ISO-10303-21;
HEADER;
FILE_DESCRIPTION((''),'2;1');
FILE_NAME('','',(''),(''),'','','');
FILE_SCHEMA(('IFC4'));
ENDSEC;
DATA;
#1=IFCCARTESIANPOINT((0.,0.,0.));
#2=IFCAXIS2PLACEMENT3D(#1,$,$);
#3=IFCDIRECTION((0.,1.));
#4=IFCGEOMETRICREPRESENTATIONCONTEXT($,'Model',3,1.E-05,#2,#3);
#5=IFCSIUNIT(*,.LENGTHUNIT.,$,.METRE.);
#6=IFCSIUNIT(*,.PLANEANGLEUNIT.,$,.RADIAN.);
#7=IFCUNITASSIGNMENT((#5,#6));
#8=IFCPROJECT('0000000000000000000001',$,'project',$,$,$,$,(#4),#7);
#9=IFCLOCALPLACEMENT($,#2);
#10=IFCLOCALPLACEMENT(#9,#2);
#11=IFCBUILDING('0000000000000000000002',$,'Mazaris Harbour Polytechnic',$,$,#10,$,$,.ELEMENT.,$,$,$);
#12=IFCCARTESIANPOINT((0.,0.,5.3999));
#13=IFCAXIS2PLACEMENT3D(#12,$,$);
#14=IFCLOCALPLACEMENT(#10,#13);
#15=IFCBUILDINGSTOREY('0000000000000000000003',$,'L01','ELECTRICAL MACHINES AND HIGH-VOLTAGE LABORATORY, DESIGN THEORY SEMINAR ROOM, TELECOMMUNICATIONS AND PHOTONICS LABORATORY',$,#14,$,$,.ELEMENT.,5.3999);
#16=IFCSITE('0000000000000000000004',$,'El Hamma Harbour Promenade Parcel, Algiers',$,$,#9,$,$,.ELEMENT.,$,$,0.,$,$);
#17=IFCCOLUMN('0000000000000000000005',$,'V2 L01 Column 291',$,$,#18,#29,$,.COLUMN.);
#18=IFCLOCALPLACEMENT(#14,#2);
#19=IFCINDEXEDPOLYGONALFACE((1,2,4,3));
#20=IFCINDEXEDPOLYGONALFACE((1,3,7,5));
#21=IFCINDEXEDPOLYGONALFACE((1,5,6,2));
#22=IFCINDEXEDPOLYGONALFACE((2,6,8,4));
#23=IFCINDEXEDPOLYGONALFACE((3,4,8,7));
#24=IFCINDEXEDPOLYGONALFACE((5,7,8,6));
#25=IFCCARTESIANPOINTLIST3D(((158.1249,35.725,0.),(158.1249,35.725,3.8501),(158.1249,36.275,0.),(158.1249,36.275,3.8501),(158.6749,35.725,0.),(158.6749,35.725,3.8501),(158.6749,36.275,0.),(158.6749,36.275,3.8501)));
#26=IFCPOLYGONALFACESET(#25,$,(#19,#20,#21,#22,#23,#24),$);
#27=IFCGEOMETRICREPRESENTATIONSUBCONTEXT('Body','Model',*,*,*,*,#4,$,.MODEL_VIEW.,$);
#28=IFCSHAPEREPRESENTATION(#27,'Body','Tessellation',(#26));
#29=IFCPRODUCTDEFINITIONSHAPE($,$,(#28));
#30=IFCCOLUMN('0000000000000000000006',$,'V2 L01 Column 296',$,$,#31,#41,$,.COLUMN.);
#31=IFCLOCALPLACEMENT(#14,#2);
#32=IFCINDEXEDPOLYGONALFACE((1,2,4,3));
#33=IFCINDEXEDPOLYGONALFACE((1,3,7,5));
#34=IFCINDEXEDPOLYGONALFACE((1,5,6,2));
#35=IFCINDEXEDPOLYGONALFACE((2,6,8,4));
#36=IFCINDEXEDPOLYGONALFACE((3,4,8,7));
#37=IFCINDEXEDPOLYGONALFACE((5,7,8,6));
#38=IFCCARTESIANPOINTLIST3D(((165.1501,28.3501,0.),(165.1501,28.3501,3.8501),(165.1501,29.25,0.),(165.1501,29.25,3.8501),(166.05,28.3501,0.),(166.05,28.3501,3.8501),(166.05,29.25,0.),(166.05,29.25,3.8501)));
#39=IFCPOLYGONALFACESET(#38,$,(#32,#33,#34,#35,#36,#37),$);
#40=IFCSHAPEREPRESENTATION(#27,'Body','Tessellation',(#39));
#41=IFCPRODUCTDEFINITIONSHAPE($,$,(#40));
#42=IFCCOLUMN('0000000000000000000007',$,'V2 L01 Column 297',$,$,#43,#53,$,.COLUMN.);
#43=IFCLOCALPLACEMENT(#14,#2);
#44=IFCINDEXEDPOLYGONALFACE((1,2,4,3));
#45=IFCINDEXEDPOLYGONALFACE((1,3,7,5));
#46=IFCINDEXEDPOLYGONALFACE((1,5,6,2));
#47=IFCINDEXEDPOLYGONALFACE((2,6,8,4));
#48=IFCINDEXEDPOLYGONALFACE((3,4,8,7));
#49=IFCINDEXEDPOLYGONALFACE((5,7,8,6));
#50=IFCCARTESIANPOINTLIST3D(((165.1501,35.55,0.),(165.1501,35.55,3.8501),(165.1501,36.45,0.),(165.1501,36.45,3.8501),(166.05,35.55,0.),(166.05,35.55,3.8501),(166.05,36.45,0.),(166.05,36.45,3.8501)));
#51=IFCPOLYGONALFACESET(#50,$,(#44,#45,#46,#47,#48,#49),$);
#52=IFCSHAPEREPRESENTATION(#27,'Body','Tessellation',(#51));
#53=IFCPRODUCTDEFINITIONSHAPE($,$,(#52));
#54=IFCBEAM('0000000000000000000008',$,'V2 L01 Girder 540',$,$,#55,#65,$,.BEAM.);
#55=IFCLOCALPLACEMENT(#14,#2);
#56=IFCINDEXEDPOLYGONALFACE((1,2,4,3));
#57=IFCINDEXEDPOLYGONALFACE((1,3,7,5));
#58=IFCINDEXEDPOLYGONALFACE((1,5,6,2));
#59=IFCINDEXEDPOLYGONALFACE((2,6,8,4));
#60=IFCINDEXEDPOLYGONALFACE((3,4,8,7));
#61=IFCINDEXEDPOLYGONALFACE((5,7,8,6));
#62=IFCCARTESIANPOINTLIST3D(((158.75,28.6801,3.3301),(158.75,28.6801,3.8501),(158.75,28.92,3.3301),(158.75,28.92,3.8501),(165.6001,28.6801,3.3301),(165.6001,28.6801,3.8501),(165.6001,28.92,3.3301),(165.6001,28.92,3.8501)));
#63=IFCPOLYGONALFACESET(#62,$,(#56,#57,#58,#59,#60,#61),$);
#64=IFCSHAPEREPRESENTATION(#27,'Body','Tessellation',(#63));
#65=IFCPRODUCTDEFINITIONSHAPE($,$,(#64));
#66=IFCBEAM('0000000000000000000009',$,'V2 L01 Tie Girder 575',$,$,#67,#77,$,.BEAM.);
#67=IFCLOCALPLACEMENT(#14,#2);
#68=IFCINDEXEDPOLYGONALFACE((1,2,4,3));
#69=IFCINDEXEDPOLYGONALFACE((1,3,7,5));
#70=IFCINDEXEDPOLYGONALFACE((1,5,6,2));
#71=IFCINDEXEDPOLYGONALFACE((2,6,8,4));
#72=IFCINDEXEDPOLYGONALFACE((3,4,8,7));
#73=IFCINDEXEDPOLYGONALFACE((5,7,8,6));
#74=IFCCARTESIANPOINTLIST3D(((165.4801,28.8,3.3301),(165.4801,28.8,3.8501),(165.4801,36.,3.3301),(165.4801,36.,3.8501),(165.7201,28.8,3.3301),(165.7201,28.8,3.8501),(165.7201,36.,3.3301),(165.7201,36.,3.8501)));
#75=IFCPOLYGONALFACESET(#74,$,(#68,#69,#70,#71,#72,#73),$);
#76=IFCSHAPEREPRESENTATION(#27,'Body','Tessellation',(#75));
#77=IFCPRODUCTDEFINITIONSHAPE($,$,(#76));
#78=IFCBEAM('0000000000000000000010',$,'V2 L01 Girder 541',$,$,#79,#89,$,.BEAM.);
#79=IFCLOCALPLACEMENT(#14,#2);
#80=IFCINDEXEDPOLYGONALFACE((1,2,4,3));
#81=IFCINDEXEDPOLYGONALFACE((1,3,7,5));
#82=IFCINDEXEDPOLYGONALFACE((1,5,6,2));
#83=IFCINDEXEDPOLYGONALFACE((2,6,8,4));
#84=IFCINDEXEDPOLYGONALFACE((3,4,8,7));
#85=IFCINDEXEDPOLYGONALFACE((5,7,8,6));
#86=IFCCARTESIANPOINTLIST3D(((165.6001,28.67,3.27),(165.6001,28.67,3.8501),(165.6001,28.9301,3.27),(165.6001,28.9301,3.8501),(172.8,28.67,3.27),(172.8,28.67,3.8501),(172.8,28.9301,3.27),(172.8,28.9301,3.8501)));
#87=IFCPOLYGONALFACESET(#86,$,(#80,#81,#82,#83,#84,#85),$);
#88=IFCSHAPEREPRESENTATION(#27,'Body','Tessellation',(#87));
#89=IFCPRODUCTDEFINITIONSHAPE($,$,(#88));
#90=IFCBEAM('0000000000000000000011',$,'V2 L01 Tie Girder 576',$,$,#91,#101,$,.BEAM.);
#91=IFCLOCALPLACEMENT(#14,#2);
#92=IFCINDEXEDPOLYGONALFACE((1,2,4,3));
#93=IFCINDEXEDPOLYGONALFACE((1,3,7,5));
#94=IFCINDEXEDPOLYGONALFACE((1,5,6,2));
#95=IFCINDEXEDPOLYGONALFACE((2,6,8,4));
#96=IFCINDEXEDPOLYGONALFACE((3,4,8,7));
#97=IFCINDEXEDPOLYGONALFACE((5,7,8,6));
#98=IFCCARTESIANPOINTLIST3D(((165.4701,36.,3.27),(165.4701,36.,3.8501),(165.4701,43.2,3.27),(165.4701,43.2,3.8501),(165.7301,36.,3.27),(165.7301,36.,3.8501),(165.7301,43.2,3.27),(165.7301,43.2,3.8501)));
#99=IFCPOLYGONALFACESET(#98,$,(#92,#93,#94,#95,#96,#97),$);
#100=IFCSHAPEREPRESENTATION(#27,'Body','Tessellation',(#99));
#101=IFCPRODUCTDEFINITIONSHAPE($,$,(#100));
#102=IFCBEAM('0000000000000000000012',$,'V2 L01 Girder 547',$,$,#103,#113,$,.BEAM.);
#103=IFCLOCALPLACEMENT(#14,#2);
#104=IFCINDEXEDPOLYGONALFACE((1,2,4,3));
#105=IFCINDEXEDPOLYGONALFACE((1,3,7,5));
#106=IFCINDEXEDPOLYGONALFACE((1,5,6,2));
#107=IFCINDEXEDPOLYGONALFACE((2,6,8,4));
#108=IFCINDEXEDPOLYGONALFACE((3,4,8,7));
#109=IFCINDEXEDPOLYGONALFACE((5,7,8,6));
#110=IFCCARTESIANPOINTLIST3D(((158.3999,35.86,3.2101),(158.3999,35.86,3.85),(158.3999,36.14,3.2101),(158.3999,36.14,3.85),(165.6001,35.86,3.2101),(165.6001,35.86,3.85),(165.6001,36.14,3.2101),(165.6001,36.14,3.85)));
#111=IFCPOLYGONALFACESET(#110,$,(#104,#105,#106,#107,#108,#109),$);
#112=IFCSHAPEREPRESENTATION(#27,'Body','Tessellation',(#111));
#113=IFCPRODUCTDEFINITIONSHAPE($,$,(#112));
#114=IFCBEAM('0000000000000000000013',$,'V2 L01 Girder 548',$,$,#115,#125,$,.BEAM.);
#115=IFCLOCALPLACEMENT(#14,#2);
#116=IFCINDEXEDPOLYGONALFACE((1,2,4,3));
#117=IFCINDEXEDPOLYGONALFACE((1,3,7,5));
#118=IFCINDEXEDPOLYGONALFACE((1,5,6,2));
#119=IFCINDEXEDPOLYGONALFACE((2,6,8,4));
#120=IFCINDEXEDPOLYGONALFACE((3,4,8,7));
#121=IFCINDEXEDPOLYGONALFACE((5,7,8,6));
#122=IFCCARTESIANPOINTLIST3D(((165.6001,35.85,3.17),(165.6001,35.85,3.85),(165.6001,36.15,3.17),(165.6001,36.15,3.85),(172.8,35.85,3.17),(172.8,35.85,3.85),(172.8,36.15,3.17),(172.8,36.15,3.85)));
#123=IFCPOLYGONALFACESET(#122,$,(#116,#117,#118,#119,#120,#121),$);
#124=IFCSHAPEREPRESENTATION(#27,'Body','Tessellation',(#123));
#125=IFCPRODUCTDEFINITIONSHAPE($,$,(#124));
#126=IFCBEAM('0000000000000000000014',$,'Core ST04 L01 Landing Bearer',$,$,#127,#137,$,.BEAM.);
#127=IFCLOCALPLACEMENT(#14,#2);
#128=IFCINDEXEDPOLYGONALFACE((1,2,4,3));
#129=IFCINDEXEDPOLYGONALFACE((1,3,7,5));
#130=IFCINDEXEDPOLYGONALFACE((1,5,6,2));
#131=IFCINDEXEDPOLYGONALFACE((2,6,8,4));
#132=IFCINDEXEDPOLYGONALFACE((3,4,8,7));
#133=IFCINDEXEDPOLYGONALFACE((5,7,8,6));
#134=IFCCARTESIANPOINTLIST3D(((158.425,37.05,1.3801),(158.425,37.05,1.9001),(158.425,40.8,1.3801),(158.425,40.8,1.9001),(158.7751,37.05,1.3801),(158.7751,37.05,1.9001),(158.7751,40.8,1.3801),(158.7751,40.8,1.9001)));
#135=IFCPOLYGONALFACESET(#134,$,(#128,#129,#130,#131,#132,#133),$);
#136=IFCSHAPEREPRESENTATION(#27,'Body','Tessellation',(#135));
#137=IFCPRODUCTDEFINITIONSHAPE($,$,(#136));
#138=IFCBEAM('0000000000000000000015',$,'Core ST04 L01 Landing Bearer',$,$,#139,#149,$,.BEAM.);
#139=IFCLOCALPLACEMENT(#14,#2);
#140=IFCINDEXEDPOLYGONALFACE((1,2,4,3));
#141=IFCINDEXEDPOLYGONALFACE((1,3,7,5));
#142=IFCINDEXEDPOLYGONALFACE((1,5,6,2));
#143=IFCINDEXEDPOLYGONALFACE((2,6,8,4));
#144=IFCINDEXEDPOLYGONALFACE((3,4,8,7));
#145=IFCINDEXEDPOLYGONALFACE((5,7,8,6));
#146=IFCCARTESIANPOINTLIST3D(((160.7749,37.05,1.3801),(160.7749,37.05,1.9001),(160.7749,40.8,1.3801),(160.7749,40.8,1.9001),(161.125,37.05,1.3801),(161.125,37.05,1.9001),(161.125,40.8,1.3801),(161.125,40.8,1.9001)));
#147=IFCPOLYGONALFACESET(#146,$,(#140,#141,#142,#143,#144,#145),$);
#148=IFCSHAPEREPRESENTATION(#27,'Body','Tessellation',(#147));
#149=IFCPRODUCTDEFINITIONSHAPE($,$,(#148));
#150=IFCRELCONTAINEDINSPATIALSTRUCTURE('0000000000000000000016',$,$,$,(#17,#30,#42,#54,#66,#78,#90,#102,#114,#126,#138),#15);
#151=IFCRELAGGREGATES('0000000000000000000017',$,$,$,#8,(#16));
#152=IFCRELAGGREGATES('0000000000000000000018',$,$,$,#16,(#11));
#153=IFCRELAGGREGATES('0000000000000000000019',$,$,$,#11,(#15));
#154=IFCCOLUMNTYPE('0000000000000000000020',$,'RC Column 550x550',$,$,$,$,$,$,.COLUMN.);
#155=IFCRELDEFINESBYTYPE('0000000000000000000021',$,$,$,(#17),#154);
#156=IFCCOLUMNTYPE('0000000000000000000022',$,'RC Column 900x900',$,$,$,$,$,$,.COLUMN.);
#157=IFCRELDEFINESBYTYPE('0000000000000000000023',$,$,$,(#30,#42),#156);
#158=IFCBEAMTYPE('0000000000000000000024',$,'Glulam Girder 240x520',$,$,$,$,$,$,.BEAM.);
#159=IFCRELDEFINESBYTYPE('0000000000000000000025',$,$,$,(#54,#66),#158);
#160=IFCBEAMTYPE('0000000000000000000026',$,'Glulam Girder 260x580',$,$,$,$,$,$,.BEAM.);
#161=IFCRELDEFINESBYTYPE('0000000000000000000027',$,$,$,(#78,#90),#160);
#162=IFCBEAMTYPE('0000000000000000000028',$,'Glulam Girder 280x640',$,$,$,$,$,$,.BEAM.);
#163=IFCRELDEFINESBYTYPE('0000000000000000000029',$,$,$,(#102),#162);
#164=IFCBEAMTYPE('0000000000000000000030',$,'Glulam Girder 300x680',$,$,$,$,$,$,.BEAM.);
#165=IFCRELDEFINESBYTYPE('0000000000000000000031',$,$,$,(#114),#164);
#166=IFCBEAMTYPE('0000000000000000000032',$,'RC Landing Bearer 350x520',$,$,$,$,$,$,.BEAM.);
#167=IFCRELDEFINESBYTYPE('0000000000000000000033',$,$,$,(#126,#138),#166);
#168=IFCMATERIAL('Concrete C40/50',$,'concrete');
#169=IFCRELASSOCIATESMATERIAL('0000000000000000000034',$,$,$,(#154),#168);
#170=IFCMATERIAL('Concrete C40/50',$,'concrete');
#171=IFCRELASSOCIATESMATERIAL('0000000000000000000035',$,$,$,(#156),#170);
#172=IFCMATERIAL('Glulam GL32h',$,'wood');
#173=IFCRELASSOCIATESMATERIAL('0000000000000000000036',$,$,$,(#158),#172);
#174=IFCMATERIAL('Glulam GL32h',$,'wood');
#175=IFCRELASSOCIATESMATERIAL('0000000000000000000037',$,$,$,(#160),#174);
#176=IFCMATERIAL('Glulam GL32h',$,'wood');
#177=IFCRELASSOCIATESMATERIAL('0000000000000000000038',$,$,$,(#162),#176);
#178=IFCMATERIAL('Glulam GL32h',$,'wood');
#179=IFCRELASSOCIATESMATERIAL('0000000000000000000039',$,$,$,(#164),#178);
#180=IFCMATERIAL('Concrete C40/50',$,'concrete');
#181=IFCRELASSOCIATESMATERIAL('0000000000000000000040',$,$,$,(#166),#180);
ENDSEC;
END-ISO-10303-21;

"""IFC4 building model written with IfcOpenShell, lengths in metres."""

from ifc_helpers import new_model, si_unit, direction, frame, origin, origin_2d, place, context, subcontext, project, spatial, rectangle, extrude, material, material_profile, profile_set, type_object, element, save


model = new_model("IFC4")

# Units and contexts
model_context = context("Model", 3, precision=1e-05, world=origin(), true_north=direction((0.0, 1.0)))
body_context = subcontext(model_context, "Body", "Model", "MODEL_VIEW")
ifc_project = project(units=[si_unit("LENGTHUNIT", "METRE"), si_unit("PLANEANGLEUNIT", "RADIAN")], contexts=[model_context])

# Site, building, storey
site_placement = place(None, origin())
site = spatial("IfcSite", under=ifc_project, at=site_placement, Name="El Hamma Harbour Promenade Parcel, Algiers", CompositionType="ELEMENT", RefElevation=0.0)
building_placement = place(site_placement, origin())
building = spatial("IfcBuilding", under=site, at=building_placement, Name="Mazaris Harbour Polytechnic", CompositionType="ELEMENT")
storey_placement = place(building_placement, frame((0.0, 0.0, 5.3999)))
storey = spatial("IfcBuildingStorey", under=building, at=storey_placement, Name="L01", Description="ELECTRICAL MACHINES AND HIGH-VOLTAGE LABORATORY, DESIGN THEORY SEMINAR ROOM, TELECOMMUNICATIONS AND PHOTONICS LABORATORY", CompositionType="ELEMENT", Elevation=5.3999)

# Columns
ifc_material_1 = material(Name="Concrete C40/50", Category="concrete")
ifc_material_profile_1 = material_profile(ifc_material_1, rectangle(XDim=0.55, YDim=0.55, at=origin_2d()), Name="RECT550x550")
ifc_profile_set_1 = profile_set([ifc_material_profile_1], Name="Concrete C40/50")
column_type_1 = type_object("IfcColumnType", Name="RC Column 550x550", PredefinedType="COLUMN", material=ifc_profile_set_1)
column_placement = place(storey_placement, frame((158.3999, 36.0, 0.0), z_axis=(0.0, 0.0, 1.0), x_axis=(1.0, 0.0, 0.0)))
element("IfcColumn", 1, at=column_placement, inside=storey, type_object=column_type_1, Name="V2 L01 Column 291", PredefinedType="COLUMN", context=body_context, shape_type="SweptSolid", body=[
    extrude(rectangle(XDim=0.55, YDim=0.55, at=origin_2d()), origin(), (0.0, 0.0, 1.0), 3.8501),
])
ifc_material_2 = material(Name="Concrete C40/50", Category="concrete")
ifc_material_profile_2 = material_profile(ifc_material_2, rectangle(XDim=0.8999, YDim=0.8999, at=origin_2d()), Name="RECT900x900")
ifc_profile_set_2 = profile_set([ifc_material_profile_2], Name="Concrete C40/50")
column_type_2 = type_object("IfcColumnType", Name="RC Column 900x900", PredefinedType="COLUMN", material=ifc_profile_set_2)
for number, where, z_axis, x_axis, name in (
    (2, (165.6001, 28.8, 0.0), (0.0, 0.0, 1.0), (1.0, 0.0, 0.0), "V2 L01 Column 296"),
    (3, (165.6001, 36.0, 0.0), (0.0, 0.0, 1.0), (1.0, 0.0, 0.0), "V2 L01 Column 297"),
):
    element("IfcColumn", number, at=place(storey_placement, frame(where, z_axis=z_axis, x_axis=x_axis)), inside=storey, type_object=column_type_2, Name=name, PredefinedType="COLUMN", context=body_context, shape_type="SweptSolid", body=[
        extrude(rectangle(XDim=0.8999, YDim=0.8999, at=origin_2d()), origin(), (0.0, 0.0, 1.0), 3.8501),
    ])

# Beams
ifc_material_3 = material(Name="Glulam GL32h", Category="wood")
ifc_material_profile_3 = material_profile(ifc_material_3, rectangle(XDim=0.24, YDim=0.52, at=origin_2d()), Name="RECT240x520")
ifc_profile_set_3 = profile_set([ifc_material_profile_3], Name="Glulam GL32h")
beam_type_1 = type_object("IfcBeamType", Name="Glulam Girder 240x520", PredefinedType="BEAM", material=ifc_profile_set_3)
beam_1_placement = place(storey_placement, frame((158.75, 28.8, 3.5901), z_axis=(1.0, 0.0, 0.0), x_axis=(0.0, 1.0, 0.0)))
element("IfcBeam", 4, at=beam_1_placement, inside=storey, type_object=beam_type_1, Name="V2 L01 Girder 540", PredefinedType="BEAM", context=body_context, shape_type="SweptSolid", body=[
    extrude(rectangle(XDim=0.24, YDim=0.52, at=origin_2d()), origin(), (0.0, 0.0, 1.0), 6.8501),
])
beam_2_placement = place(storey_placement, frame((165.6001, 28.8, 3.5901), z_axis=(0.0, 1.0, 0.0), x_axis=(-1.0, 0.0, 0.0)))
element("IfcBeam", 5, at=beam_2_placement, inside=storey, type_object=beam_type_1, Name="V2 L01 Tie Girder 575", PredefinedType="BEAM", context=body_context, shape_type="SweptSolid", body=[
    extrude(rectangle(XDim=0.24, YDim=0.52, at=origin_2d()), origin(), (0.0, 0.0, 1.0), 7.2),
])
ifc_material_4 = material(Name="Glulam GL32h", Category="wood")
ifc_material_profile_4 = material_profile(ifc_material_4, rectangle(XDim=0.26, YDim=0.5801, at=origin_2d()), Name="RECT260x580")
ifc_profile_set_4 = profile_set([ifc_material_profile_4], Name="Glulam GL32h")
beam_type_2 = type_object("IfcBeamType", Name="Glulam Girder 260x580", PredefinedType="BEAM", material=ifc_profile_set_4)
for number, where, z_axis, x_axis, name in (
    (6, (165.6001, 28.8, 3.5601), (1.0, 0.0, 0.0), (0.0, 1.0, 0.0), "V2 L01 Girder 541"),
    (7, (165.6001, 36.0, 3.5601), (0.0, 1.0, 0.0), (-1.0, 0.0, 0.0), "V2 L01 Tie Girder 576"),
):
    element("IfcBeam", number, at=place(storey_placement, frame(where, z_axis=z_axis, x_axis=x_axis)), inside=storey, type_object=beam_type_2, Name=name, PredefinedType="BEAM", context=body_context, shape_type="SweptSolid", body=[
        extrude(rectangle(XDim=0.26, YDim=0.5801, at=origin_2d()), origin(), (0.0, 0.0, 1.0), 7.2),
    ])
ifc_material_5 = material(Name="Glulam GL32h", Category="wood")
ifc_material_profile_5 = material_profile(ifc_material_5, rectangle(XDim=0.28, YDim=0.6399, at=origin_2d()), Name="RECT280x640")
ifc_profile_set_5 = profile_set([ifc_material_profile_5], Name="Glulam GL32h")
beam_type_3 = type_object("IfcBeamType", Name="Glulam Girder 280x640", PredefinedType="BEAM", material=ifc_profile_set_5)
beam_3_placement = place(storey_placement, frame((158.3999, 36.0, 3.53), z_axis=(1.0, 0.0, 0.0), x_axis=(0.0, 1.0, 0.0)))
element("IfcBeam", 8, at=beam_3_placement, inside=storey, type_object=beam_type_3, Name="V2 L01 Girder 547", PredefinedType="BEAM", context=body_context, shape_type="SweptSolid", body=[
    extrude(rectangle(XDim=0.28, YDim=0.6399, at=origin_2d()), origin(), (0.0, 0.0, 1.0), 7.2002),
])
ifc_material_6 = material(Name="Glulam GL32h", Category="wood")
ifc_material_profile_6 = material_profile(ifc_material_6, rectangle(XDim=0.3, YDim=0.6799, at=origin_2d()), Name="RECT300x680")
ifc_profile_set_6 = profile_set([ifc_material_profile_6], Name="Glulam GL32h")
beam_type_4 = type_object("IfcBeamType", Name="Glulam Girder 300x680", PredefinedType="BEAM", material=ifc_profile_set_6)
beam_4_placement = place(storey_placement, frame((165.6001, 36.0, 3.51), z_axis=(1.0, 0.0, 0.0), x_axis=(0.0, 1.0, 0.0)))
element("IfcBeam", 9, at=beam_4_placement, inside=storey, type_object=beam_type_4, Name="V2 L01 Girder 548", PredefinedType="BEAM", context=body_context, shape_type="SweptSolid", body=[
    extrude(rectangle(XDim=0.3, YDim=0.6799, at=origin_2d()), origin(), (0.0, 0.0, 1.0), 7.2),
])
ifc_material_7 = material(Name="Concrete C40/50", Category="concrete")
ifc_material_profile_7 = material_profile(ifc_material_7, rectangle(XDim=0.3501, YDim=0.52, at=origin_2d()), Name="RECT350x520")
ifc_profile_set_7 = profile_set([ifc_material_profile_7], Name="Concrete C40/50")
beam_type_5 = type_object("IfcBeamType", Name="RC Landing Bearer 350x520", PredefinedType="BEAM", material=ifc_profile_set_7)
for number, where, z_axis, x_axis, name in (
    (10, (158.6001, 37.05, 1.6401), (0.0, 1.0, 0.0), (-1.0, 0.0, 0.0), "Core ST04 L01 Landing Bearer"),
    (11, (160.95, 37.05, 1.6401), (0.0, 1.0, 0.0), (-1.0, 0.0, 0.0), "Core ST04 L01 Landing Bearer"),
):
    element("IfcBeam", number, at=place(storey_placement, frame(where, z_axis=z_axis, x_axis=x_axis)), inside=storey, type_object=beam_type_5, Name=name, PredefinedType="BEAM", context=body_context, shape_type="SweptSolid", body=[
        extrude(rectangle(XDim=0.3501, YDim=0.52, at=origin_2d()), origin(), (0.0, 0.0, 1.0), 3.75),
    ])

save(model, "model.ifc")
